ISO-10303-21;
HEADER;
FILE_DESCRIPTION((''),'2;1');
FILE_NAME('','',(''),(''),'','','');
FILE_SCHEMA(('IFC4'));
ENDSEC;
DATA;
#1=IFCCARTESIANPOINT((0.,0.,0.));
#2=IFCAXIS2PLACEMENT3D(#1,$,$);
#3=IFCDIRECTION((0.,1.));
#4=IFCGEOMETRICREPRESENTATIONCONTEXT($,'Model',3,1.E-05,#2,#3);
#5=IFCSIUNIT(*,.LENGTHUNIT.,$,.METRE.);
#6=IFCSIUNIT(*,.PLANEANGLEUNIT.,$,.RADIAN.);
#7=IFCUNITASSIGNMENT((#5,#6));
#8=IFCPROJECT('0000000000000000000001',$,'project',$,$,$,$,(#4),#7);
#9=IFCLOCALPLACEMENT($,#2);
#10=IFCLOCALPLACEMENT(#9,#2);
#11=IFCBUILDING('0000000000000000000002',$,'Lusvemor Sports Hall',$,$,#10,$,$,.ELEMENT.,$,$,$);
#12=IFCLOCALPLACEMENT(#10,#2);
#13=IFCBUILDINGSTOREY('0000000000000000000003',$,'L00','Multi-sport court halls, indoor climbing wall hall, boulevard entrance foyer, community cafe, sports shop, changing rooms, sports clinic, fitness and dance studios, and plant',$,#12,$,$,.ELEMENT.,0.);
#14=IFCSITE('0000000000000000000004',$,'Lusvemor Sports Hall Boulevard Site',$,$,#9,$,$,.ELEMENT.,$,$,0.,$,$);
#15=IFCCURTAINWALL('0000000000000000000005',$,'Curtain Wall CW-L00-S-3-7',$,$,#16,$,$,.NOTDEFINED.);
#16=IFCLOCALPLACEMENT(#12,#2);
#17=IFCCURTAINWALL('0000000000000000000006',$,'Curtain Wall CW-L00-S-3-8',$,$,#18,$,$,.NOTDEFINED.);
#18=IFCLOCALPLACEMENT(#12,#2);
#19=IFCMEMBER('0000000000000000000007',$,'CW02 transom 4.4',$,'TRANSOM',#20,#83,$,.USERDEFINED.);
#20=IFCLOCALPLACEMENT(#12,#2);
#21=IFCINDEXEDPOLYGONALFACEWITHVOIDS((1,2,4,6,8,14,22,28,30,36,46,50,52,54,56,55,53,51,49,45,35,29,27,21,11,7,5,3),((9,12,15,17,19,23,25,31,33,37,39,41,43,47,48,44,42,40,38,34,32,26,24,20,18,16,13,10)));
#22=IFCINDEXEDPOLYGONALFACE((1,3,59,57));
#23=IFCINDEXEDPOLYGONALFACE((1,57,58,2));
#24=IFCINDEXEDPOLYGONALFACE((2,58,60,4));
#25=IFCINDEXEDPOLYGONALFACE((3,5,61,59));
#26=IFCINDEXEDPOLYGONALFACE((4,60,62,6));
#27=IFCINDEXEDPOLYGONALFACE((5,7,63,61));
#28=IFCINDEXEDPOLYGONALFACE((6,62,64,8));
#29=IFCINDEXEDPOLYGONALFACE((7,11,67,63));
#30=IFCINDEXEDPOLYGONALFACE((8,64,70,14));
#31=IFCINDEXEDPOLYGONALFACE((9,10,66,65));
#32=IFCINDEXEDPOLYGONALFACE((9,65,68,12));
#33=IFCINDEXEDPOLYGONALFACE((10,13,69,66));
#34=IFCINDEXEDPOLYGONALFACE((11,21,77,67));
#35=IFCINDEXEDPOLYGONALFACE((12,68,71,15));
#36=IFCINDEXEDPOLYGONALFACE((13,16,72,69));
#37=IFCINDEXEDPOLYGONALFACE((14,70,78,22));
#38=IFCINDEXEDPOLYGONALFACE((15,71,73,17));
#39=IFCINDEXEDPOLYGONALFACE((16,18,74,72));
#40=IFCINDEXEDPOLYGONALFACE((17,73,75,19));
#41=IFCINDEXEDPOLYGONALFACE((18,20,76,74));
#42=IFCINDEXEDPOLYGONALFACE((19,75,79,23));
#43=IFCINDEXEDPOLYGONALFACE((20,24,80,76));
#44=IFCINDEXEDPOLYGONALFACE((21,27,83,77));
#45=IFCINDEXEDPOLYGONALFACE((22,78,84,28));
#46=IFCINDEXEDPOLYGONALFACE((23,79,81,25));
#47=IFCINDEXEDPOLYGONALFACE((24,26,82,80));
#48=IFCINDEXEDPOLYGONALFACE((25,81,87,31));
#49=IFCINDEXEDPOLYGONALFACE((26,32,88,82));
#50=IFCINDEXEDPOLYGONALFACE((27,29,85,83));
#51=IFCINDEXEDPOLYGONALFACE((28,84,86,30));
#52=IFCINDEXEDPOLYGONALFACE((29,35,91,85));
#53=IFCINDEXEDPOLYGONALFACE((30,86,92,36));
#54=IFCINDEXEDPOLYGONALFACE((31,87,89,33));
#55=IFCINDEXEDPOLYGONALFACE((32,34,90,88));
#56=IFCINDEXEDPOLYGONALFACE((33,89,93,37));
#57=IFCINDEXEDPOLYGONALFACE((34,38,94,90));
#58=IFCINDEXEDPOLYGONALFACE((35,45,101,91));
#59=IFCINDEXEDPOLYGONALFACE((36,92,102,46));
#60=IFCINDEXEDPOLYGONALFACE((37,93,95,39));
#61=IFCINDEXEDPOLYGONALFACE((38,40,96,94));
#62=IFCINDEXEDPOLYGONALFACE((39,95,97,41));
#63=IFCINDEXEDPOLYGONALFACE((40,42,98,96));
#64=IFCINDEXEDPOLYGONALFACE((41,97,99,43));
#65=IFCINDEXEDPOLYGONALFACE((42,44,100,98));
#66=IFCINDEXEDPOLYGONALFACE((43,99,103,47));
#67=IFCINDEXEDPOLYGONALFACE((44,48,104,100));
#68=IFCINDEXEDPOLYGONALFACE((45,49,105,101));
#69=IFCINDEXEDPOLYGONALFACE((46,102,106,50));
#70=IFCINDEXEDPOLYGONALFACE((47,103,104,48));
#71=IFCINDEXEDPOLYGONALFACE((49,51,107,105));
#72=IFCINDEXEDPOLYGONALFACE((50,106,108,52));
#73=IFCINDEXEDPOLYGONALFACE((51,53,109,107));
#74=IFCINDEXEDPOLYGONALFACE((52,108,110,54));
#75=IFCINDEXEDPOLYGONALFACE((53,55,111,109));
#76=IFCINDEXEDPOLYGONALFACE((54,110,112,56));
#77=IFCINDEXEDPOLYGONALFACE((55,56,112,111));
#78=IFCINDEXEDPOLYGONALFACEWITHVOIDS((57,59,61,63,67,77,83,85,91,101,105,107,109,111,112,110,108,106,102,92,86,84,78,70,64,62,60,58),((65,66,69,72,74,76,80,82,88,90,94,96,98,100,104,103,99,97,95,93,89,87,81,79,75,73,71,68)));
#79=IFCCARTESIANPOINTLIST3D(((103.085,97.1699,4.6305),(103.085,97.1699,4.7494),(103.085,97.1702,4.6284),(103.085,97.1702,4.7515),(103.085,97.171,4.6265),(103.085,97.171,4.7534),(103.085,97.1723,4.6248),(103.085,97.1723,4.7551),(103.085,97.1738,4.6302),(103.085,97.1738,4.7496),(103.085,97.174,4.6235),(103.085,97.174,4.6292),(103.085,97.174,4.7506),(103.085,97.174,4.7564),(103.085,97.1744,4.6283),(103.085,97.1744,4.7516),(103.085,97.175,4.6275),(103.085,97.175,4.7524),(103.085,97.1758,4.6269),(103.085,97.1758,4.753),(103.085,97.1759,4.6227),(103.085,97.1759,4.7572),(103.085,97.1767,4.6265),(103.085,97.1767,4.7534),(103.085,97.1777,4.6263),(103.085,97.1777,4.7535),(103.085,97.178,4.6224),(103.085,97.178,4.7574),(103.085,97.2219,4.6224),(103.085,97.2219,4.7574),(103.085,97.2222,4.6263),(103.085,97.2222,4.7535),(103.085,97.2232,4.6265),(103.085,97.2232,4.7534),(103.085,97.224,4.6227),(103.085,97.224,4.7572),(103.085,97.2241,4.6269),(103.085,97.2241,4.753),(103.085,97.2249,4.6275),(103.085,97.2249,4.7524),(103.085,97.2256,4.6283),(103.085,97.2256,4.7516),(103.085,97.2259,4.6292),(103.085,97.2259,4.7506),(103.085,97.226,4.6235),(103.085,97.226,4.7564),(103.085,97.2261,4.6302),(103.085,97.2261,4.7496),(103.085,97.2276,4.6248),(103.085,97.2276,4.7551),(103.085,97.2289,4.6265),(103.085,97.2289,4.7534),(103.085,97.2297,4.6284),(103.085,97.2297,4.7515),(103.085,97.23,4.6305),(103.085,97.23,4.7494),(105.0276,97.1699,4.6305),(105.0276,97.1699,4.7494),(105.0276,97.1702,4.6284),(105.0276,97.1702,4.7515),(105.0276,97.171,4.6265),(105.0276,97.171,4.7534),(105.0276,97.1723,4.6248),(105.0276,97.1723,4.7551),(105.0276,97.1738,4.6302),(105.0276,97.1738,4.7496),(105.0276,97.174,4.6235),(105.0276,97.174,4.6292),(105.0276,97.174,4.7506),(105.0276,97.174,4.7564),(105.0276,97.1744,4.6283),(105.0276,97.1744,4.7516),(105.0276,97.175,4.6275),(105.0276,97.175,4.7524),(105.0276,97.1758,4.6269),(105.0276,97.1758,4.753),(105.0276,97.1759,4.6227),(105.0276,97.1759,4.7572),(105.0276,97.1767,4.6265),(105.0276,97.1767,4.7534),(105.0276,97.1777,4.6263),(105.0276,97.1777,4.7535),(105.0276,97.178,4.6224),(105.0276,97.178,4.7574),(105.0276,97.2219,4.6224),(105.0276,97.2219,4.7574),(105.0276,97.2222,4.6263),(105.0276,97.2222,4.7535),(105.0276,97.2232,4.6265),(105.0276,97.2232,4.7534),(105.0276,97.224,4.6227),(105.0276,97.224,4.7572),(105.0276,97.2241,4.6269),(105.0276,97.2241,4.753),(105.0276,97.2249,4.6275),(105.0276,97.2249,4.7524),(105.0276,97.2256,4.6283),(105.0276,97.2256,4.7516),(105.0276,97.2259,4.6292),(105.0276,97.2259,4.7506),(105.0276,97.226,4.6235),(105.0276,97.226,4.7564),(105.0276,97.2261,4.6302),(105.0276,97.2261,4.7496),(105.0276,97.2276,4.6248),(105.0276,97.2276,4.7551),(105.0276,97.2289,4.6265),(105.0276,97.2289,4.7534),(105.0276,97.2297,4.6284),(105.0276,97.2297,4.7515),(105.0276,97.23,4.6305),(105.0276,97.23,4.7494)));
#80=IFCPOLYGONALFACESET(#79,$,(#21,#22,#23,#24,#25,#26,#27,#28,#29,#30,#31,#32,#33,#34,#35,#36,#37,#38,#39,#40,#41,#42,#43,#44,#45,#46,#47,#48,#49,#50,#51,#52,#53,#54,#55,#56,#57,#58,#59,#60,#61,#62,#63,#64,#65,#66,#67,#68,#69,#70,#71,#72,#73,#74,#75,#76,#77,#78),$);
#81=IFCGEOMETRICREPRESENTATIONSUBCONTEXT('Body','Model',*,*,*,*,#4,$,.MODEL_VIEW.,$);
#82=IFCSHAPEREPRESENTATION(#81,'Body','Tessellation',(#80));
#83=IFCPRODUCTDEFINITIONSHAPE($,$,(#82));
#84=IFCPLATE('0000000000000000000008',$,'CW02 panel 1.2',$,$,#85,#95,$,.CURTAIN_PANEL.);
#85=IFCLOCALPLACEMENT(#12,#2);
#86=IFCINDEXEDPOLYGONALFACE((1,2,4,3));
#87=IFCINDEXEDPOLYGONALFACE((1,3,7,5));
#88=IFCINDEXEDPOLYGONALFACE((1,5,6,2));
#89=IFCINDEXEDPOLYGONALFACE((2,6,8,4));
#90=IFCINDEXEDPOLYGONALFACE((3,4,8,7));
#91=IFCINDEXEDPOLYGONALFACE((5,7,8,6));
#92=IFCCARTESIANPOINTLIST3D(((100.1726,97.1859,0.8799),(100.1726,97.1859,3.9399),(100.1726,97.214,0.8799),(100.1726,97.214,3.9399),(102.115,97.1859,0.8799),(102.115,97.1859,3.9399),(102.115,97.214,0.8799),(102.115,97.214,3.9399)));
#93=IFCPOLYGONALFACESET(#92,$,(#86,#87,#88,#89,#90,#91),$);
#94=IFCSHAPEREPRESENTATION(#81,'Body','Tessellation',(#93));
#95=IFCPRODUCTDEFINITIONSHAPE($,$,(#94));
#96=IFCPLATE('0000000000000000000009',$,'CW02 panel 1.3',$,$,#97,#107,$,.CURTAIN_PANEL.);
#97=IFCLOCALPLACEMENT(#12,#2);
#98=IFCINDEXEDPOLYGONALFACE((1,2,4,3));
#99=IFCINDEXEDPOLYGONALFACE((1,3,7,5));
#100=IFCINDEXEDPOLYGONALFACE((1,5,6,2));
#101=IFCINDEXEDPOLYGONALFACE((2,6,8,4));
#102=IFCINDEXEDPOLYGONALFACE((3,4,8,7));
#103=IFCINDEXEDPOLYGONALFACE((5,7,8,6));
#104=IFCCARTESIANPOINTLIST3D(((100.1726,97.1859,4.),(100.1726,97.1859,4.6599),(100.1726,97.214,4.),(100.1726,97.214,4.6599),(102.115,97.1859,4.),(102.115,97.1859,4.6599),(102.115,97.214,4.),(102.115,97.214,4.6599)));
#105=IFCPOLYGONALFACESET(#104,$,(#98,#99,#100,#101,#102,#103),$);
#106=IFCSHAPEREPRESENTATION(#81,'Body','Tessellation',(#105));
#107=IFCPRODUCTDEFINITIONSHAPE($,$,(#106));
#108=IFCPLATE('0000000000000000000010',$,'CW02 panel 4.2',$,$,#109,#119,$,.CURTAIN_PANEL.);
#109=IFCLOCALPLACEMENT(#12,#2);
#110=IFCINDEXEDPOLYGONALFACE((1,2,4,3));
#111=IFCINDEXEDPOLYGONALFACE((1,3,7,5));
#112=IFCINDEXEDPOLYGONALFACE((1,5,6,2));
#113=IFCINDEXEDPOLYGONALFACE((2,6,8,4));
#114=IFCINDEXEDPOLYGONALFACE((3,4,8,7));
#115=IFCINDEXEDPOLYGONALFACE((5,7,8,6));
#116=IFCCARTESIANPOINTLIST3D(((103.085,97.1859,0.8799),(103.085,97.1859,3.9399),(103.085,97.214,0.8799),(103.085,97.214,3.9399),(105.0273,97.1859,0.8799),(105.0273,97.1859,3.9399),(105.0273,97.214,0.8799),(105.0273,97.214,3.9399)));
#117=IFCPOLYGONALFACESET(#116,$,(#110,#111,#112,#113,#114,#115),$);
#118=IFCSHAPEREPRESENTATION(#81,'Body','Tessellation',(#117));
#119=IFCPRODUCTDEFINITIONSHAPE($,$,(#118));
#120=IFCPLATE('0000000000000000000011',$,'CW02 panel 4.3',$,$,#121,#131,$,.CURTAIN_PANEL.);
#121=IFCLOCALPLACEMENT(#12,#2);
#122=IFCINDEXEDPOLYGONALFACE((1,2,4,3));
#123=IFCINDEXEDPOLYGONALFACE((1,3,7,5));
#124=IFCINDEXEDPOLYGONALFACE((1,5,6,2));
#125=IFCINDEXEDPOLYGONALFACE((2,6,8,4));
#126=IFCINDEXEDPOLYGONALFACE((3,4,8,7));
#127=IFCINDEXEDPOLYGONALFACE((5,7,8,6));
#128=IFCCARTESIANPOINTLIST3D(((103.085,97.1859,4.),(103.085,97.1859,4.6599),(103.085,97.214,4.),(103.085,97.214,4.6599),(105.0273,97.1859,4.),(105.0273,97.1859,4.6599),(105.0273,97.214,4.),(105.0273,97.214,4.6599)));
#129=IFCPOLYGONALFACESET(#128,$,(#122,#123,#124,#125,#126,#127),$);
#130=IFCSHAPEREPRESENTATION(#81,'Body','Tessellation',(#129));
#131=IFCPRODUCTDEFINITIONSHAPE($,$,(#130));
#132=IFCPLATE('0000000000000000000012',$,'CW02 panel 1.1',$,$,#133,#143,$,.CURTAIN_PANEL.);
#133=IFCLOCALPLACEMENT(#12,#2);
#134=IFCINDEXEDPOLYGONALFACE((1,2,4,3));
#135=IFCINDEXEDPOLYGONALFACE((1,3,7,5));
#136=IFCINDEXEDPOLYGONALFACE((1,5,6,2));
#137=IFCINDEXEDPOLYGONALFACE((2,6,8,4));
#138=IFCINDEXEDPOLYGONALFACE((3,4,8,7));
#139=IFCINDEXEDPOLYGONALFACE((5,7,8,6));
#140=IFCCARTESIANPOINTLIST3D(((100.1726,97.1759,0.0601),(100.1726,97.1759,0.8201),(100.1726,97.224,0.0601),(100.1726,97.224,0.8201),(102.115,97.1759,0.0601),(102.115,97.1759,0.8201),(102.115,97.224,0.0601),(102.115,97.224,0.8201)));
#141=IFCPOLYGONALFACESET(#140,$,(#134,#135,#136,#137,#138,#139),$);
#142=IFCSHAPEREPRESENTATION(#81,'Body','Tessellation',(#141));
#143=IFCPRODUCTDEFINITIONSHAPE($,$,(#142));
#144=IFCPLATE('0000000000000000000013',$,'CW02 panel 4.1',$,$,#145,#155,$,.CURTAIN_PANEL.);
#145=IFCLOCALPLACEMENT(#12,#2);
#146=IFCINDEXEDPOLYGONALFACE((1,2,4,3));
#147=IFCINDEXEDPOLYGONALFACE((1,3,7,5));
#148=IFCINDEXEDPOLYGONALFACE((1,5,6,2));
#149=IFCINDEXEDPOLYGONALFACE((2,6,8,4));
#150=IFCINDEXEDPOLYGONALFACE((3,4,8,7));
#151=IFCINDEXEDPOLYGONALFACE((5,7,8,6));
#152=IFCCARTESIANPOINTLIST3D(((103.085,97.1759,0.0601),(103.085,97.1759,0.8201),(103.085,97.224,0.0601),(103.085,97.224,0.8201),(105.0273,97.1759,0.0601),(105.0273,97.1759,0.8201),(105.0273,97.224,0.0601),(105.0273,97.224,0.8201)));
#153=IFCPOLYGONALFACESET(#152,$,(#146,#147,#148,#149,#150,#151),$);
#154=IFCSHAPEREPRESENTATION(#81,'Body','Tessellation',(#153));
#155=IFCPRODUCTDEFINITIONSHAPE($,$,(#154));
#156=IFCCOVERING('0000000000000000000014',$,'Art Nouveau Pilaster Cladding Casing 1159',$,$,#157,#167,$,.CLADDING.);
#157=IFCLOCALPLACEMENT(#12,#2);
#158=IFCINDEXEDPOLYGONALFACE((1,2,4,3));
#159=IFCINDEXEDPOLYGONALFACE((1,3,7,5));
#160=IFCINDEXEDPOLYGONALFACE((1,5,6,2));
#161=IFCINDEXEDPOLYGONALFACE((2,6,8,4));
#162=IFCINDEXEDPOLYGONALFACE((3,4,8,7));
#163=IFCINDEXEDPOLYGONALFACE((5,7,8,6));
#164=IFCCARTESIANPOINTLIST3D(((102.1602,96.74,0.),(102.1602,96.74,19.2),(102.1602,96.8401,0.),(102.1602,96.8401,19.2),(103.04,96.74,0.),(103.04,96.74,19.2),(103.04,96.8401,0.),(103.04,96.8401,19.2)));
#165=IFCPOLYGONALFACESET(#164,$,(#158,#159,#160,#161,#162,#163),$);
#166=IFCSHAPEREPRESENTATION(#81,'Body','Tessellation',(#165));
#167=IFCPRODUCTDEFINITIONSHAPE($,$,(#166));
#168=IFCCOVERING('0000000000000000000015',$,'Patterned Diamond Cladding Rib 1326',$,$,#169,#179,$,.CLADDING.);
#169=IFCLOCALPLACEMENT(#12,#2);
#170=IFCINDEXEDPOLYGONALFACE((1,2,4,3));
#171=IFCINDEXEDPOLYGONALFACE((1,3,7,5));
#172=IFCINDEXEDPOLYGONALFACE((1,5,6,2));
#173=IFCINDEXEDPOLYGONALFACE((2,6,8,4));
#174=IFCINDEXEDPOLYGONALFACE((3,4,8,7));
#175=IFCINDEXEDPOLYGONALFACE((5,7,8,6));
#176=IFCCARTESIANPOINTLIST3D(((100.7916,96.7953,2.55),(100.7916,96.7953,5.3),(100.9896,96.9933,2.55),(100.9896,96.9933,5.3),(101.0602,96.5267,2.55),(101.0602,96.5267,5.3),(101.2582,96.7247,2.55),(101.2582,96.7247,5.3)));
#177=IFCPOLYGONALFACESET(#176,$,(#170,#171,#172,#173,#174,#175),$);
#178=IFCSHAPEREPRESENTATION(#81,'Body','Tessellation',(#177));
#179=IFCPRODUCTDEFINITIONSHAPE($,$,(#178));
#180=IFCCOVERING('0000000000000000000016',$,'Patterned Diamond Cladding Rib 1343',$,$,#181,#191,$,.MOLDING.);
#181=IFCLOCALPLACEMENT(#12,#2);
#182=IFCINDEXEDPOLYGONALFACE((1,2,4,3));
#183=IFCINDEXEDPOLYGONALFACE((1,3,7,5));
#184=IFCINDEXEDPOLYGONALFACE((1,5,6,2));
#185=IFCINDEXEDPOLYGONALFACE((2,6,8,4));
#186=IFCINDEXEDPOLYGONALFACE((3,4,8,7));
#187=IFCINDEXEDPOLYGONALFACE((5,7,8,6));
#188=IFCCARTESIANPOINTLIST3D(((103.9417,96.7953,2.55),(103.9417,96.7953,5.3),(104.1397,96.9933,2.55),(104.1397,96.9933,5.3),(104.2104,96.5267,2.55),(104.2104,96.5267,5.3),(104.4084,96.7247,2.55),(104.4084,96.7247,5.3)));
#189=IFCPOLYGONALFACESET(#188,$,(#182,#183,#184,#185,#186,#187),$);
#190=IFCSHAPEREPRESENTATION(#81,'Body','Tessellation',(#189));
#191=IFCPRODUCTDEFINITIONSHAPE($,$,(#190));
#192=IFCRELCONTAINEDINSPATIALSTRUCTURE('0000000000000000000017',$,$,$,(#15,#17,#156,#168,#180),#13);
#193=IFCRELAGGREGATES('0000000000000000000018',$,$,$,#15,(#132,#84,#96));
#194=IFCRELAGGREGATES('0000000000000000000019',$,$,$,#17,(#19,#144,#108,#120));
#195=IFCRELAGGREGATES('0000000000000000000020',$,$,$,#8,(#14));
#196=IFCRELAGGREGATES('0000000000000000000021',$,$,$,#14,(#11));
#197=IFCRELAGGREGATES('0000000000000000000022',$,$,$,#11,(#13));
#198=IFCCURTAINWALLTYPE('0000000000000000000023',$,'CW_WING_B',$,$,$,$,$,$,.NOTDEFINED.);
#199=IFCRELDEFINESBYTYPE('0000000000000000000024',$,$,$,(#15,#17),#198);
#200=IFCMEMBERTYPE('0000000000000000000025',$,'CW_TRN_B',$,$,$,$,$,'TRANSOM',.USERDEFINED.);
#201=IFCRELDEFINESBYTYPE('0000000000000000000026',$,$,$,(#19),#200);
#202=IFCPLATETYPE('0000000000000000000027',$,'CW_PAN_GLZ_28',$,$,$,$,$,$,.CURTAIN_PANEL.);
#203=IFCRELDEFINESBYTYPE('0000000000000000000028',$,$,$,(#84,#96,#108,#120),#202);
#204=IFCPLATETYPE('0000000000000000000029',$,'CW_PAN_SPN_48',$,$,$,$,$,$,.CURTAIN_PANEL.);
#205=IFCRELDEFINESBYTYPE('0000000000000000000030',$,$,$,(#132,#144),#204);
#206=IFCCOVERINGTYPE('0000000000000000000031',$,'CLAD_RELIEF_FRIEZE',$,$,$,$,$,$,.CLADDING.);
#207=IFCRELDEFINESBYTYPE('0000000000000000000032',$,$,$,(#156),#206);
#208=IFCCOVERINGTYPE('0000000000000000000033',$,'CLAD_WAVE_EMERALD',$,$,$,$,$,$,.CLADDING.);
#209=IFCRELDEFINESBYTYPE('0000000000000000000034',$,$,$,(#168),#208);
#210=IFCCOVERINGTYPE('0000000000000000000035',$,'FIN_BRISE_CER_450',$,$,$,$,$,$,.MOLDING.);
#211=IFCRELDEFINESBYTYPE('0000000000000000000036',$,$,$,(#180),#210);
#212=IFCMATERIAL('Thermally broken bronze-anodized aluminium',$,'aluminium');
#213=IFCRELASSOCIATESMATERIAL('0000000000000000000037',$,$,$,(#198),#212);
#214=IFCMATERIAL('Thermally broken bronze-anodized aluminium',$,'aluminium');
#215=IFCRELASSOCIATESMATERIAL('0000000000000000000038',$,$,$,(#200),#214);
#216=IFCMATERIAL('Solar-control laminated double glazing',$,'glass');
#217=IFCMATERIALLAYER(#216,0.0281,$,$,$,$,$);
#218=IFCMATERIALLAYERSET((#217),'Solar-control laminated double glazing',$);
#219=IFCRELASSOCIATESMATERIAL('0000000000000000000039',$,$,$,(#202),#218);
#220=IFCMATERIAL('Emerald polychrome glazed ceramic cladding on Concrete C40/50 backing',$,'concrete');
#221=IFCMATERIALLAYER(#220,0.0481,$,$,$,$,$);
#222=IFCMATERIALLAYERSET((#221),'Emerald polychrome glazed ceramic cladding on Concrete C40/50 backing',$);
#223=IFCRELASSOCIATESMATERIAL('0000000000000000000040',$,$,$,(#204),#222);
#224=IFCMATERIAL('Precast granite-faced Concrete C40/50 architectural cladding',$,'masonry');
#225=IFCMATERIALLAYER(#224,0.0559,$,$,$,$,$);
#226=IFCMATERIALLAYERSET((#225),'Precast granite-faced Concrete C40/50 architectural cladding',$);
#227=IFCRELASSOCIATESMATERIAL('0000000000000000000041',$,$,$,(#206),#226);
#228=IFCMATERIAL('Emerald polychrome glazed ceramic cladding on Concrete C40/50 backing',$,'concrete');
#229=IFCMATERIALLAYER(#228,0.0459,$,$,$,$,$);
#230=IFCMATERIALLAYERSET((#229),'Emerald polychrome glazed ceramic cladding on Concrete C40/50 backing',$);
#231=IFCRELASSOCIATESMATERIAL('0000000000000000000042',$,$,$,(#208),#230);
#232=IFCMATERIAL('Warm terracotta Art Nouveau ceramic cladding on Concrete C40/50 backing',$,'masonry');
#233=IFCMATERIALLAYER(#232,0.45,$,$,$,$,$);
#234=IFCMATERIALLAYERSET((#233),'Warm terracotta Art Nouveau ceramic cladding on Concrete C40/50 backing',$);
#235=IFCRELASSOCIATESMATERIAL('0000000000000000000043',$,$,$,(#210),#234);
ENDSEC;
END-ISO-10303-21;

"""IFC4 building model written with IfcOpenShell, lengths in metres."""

from ifc_helpers import new_model, si_unit, direction, frame, origin, origin_2d, place, context, subcontext, project, spatial, rectangle, hollow_rectangle, extrude, material, layer, layer_set, material_profile, profile_set, type_object, element, aggregate, save


model = new_model("IFC4")

# Units and contexts
model_context = context("Model", 3, precision=1e-05, world=origin(), true_north=direction((0.0, 1.0)))
body_context = subcontext(model_context, "Body", "Model", "MODEL_VIEW")
ifc_project = project(units=[si_unit("LENGTHUNIT", "METRE"), si_unit("PLANEANGLEUNIT", "RADIAN")], contexts=[model_context])

# Site, building, storey
site_placement = place(None, origin())
site = spatial("IfcSite", under=ifc_project, at=site_placement, Name="Lusvemor Sports Hall Boulevard Site", CompositionType="ELEMENT", RefElevation=0.0)
building_placement = place(site_placement, origin())
building = spatial("IfcBuilding", under=site, at=building_placement, Name="Lusvemor Sports Hall", CompositionType="ELEMENT")
storey_placement = place(building_placement, origin())
storey = spatial("IfcBuildingStorey", under=building, at=storey_placement, Name="L00", Description="Multi-sport court halls, indoor climbing wall hall, boulevard entrance foyer, community cafe, sports shop, changing rooms, sports clinic, fitness and dance studios, and plant", CompositionType="ELEMENT", Elevation=0.0)

# Curtain walls
ifc_material_1 = material(Name="Thermally broken bronze-anodized aluminium", Category="aluminium")
curtain_wall_type = type_object("IfcCurtainWallType", Name="CW_WING_B", PredefinedType="NOTDEFINED", material=ifc_material_1)
curtain_wall_1_placement = place(storey_placement, origin())
curtain_wall_1 = element("IfcCurtainWall", 1, at=curtain_wall_1_placement, inside=storey, type_object=curtain_wall_type, Name="Curtain Wall CW-L00-S-3-7", PredefinedType="NOTDEFINED")
curtain_wall_2_placement = place(storey_placement, origin())
curtain_wall_2 = element("IfcCurtainWall", 2, at=curtain_wall_2_placement, inside=storey, type_object=curtain_wall_type, Name="Curtain Wall CW-L00-S-3-8", PredefinedType="NOTDEFINED")

# Member
ifc_material_2 = material(Name="Thermally broken bronze-anodized aluminium", Category="aluminium")
ifc_material_profile_1 = material_profile(ifc_material_2, hollow_rectangle(XDim=0.0601, YDim=0.135, WallThickness=0.0039, InnerFilletRadius=0.0039, OuterFilletRadius=0.0081, at=origin_2d()), Name="CWTRN135x60x4")
ifc_profile_set_1 = profile_set([ifc_material_profile_1], Name="Thermally broken bronze-anodized aluminium")
member_type_1 = type_object("IfcMemberType", Name="CW_TRN_B", ElementType="TRANSOM", PredefinedType="USERDEFINED", material=ifc_profile_set_1)
member_1_placement = place(storey_placement, frame((105.0276, 97.2, 4.6899), z_axis=(-1.0, 0.0, 0.0), x_axis=(0.0, -1.0, 0.0)))
member_1 = element("IfcMember", 3, at=member_1_placement, type_object=member_type_1, Name="CW02 transom 4.4", ObjectType="TRANSOM", PredefinedType="USERDEFINED", context=body_context, shape_type="SweptSolid", body=[
    extrude(hollow_rectangle(XDim=0.0601, YDim=0.135, WallThickness=0.0039, InnerFilletRadius=0.0039, OuterFilletRadius=0.0081, at=origin_2d()), origin(), (0.0, 0.0, 1.0), 1.9426),
])

# Plates
ifc_material_3 = material(Name="Solar-control laminated double glazing", Category="glass")
ifc_layer_1 = layer(ifc_material_3, 0.0281)
ifc_layer_set_1 = layer_set([ifc_layer_1], Name="Solar-control laminated double glazing")
plate_type_1 = type_object("IfcPlateType", Name="CW_PAN_GLZ_28", PredefinedType="CURTAIN_PANEL", material=ifc_layer_set_1)
plate_1_placement = place(storey_placement, frame((101.1438, 97.2, 0.8799), z_axis=(0.0, 0.0, 1.0), x_axis=(-1.0, 0.0, 0.0)))
plate_1 = element("IfcPlate", 4, at=plate_1_placement, type_object=plate_type_1, Name="CW02 panel 1.2", PredefinedType="CURTAIN_PANEL", context=body_context, shape_type="SweptSolid", body=[
    extrude(rectangle(XDim=1.9424, YDim=0.0281, at=origin_2d()), origin(), (0.0, 0.0, 1.0), 3.0601),
])
plate_2_placement = place(storey_placement, frame((101.1438, 97.2, 4.0), z_axis=(0.0, 0.0, 1.0), x_axis=(-1.0, 0.0, 0.0)))
plate_2 = element("IfcPlate", 5, at=plate_2_placement, type_object=plate_type_1, Name="CW02 panel 1.3", PredefinedType="CURTAIN_PANEL", context=body_context, shape_type="SweptSolid", body=[
    extrude(rectangle(XDim=1.9424, YDim=0.0281, at=origin_2d()), origin(), (0.0, 0.0, 1.0), 0.6599),
])
plate_3_placement = place(storey_placement, frame((104.0562, 97.2, 0.8799), z_axis=(0.0, 0.0, 1.0), x_axis=(-1.0, 0.0, 0.0)))
plate_3 = element("IfcPlate", 6, at=plate_3_placement, type_object=plate_type_1, Name="CW02 panel 4.2", PredefinedType="CURTAIN_PANEL", context=body_context, shape_type="SweptSolid", body=[
    extrude(rectangle(XDim=1.9424, YDim=0.0281, at=origin_2d()), origin(), (0.0, 0.0, 1.0), 3.0601),
])
plate_4_placement = place(storey_placement, frame((104.0562, 97.2, 4.0), z_axis=(0.0, 0.0, 1.0), x_axis=(-1.0, 0.0, 0.0)))
plate_4 = element("IfcPlate", 7, at=plate_4_placement, type_object=plate_type_1, Name="CW02 panel 4.3", PredefinedType="CURTAIN_PANEL", context=body_context, shape_type="SweptSolid", body=[
    extrude(rectangle(XDim=1.9424, YDim=0.0281, at=origin_2d()), origin(), (0.0, 0.0, 1.0), 0.6599),
])
ifc_material_4 = material(Name="Emerald polychrome glazed ceramic cladding on Concrete C40/50 backing", Category="concrete")
ifc_layer_2 = layer(ifc_material_4, 0.0481)
ifc_layer_set_2 = layer_set([ifc_layer_2], Name="Emerald polychrome glazed ceramic cladding on Concrete C40/50 backing")
plate_type_2 = type_object("IfcPlateType", Name="CW_PAN_SPN_48", PredefinedType="CURTAIN_PANEL", material=ifc_layer_set_2)
plate_5_placement = place(storey_placement, frame((101.1438, 97.2, 0.0601), z_axis=(0.0, 0.0, 1.0), x_axis=(-1.0, 0.0, 0.0)))
plate_5 = element("IfcPlate", 8, at=plate_5_placement, type_object=plate_type_2, Name="CW02 panel 1.1", PredefinedType="CURTAIN_PANEL", context=body_context, shape_type="SweptSolid", body=[
    extrude(rectangle(XDim=1.9424, YDim=0.0481, at=origin_2d()), origin(), (0.0, 0.0, 1.0), 0.76),
])
aggregate(curtain_wall_1, [plate_5, plate_1, plate_2])
plate_6_placement = place(storey_placement, frame((104.0562, 97.2, 0.0601), z_axis=(0.0, 0.0, 1.0), x_axis=(-1.0, 0.0, 0.0)))
plate_6 = element("IfcPlate", 9, at=plate_6_placement, type_object=plate_type_2, Name="CW02 panel 4.1", PredefinedType="CURTAIN_PANEL", context=body_context, shape_type="SweptSolid", body=[
    extrude(rectangle(XDim=1.9424, YDim=0.0481, at=origin_2d()), origin(), (0.0, 0.0, 1.0), 0.76),
])
aggregate(curtain_wall_2, [member_1, plate_6, plate_3, plate_4])

# Coverings
ifc_material_5 = material(Name="Precast granite-faced Concrete C40/50 architectural cladding", Category="masonry")
ifc_layer_3 = layer(ifc_material_5, 0.0559)
ifc_layer_set_3 = layer_set([ifc_layer_3], Name="Precast granite-faced Concrete C40/50 architectural cladding")
covering_type_1 = type_object("IfcCoveringType", Name="CLAD_RELIEF_FRIEZE", PredefinedType="CLADDING", material=ifc_layer_set_3)
covering_1_placement = place(storey_placement, frame((102.6001, 96.79, 0.0), z_axis=(0.0, 0.0, 1.0), x_axis=(1.0, 0.0, 0.0)))
element("IfcCovering", 10, at=covering_1_placement, inside=storey, type_object=covering_type_1, Name="Art Nouveau Pilaster Cladding Casing 1159", PredefinedType="CLADDING", context=body_context, shape_type="SweptSolid", body=[
    extrude(rectangle(XDim=0.8799, YDim=0.1001, at=origin_2d()), origin(), (0.0, 0.0, 1.0), 19.2),
])
ifc_material_6 = material(Name="Emerald polychrome glazed ceramic cladding on Concrete C40/50 backing", Category="concrete")
ifc_layer_4 = layer(ifc_material_6, 0.0459)
ifc_layer_set_4 = layer_set([ifc_layer_4], Name="Emerald polychrome glazed ceramic cladding on Concrete C40/50 backing")
covering_type_2 = type_object("IfcCoveringType", Name="CLAD_WAVE_EMERALD", PredefinedType="CLADDING", material=ifc_layer_set_4)
covering_2_placement = place(storey_placement, frame((101.0249, 96.76, 2.55), z_axis=(0.0, 0.0, 1.0), x_axis=(0.707107, 0.707107, 0.0)))
element("IfcCovering", 11, at=covering_2_placement, inside=storey, type_object=covering_type_2, Name="Patterned Diamond Cladding Rib 1326", PredefinedType="CLADDING", context=body_context, shape_type="SweptSolid", body=[
    extrude(rectangle(XDim=0.28, YDim=0.3799, at=origin_2d()), origin(), (0.0, 0.0, 1.0), 2.75),
])
ifc_material_7 = material(Name="Warm terracotta Art Nouveau ceramic cladding on Concrete C40/50 backing", Category="masonry")
ifc_layer_5 = layer(ifc_material_7, 0.45)
ifc_layer_set_5 = layer_set([ifc_layer_5], Name="Warm terracotta Art Nouveau ceramic cladding on Concrete C40/50 backing")
covering_type_3 = type_object("IfcCoveringType", Name="FIN_BRISE_CER_450", PredefinedType="MOLDING", material=ifc_layer_set_5)
covering_3_placement = place(storey_placement, frame((104.175, 96.76, 2.55), z_axis=(0.0, 0.0, 1.0), x_axis=(0.707107, 0.707107, 0.0)))
element("IfcCovering", 12, at=covering_3_placement, inside=storey, type_object=covering_type_3, Name="Patterned Diamond Cladding Rib 1343", PredefinedType="MOLDING", context=body_context, shape_type="SweptSolid", body=[
    extrude(rectangle(XDim=0.28, YDim=0.3799, at=origin_2d()), origin(), (0.0, 0.0, 1.0), 2.75),
])

save(model, "model.ifc")
